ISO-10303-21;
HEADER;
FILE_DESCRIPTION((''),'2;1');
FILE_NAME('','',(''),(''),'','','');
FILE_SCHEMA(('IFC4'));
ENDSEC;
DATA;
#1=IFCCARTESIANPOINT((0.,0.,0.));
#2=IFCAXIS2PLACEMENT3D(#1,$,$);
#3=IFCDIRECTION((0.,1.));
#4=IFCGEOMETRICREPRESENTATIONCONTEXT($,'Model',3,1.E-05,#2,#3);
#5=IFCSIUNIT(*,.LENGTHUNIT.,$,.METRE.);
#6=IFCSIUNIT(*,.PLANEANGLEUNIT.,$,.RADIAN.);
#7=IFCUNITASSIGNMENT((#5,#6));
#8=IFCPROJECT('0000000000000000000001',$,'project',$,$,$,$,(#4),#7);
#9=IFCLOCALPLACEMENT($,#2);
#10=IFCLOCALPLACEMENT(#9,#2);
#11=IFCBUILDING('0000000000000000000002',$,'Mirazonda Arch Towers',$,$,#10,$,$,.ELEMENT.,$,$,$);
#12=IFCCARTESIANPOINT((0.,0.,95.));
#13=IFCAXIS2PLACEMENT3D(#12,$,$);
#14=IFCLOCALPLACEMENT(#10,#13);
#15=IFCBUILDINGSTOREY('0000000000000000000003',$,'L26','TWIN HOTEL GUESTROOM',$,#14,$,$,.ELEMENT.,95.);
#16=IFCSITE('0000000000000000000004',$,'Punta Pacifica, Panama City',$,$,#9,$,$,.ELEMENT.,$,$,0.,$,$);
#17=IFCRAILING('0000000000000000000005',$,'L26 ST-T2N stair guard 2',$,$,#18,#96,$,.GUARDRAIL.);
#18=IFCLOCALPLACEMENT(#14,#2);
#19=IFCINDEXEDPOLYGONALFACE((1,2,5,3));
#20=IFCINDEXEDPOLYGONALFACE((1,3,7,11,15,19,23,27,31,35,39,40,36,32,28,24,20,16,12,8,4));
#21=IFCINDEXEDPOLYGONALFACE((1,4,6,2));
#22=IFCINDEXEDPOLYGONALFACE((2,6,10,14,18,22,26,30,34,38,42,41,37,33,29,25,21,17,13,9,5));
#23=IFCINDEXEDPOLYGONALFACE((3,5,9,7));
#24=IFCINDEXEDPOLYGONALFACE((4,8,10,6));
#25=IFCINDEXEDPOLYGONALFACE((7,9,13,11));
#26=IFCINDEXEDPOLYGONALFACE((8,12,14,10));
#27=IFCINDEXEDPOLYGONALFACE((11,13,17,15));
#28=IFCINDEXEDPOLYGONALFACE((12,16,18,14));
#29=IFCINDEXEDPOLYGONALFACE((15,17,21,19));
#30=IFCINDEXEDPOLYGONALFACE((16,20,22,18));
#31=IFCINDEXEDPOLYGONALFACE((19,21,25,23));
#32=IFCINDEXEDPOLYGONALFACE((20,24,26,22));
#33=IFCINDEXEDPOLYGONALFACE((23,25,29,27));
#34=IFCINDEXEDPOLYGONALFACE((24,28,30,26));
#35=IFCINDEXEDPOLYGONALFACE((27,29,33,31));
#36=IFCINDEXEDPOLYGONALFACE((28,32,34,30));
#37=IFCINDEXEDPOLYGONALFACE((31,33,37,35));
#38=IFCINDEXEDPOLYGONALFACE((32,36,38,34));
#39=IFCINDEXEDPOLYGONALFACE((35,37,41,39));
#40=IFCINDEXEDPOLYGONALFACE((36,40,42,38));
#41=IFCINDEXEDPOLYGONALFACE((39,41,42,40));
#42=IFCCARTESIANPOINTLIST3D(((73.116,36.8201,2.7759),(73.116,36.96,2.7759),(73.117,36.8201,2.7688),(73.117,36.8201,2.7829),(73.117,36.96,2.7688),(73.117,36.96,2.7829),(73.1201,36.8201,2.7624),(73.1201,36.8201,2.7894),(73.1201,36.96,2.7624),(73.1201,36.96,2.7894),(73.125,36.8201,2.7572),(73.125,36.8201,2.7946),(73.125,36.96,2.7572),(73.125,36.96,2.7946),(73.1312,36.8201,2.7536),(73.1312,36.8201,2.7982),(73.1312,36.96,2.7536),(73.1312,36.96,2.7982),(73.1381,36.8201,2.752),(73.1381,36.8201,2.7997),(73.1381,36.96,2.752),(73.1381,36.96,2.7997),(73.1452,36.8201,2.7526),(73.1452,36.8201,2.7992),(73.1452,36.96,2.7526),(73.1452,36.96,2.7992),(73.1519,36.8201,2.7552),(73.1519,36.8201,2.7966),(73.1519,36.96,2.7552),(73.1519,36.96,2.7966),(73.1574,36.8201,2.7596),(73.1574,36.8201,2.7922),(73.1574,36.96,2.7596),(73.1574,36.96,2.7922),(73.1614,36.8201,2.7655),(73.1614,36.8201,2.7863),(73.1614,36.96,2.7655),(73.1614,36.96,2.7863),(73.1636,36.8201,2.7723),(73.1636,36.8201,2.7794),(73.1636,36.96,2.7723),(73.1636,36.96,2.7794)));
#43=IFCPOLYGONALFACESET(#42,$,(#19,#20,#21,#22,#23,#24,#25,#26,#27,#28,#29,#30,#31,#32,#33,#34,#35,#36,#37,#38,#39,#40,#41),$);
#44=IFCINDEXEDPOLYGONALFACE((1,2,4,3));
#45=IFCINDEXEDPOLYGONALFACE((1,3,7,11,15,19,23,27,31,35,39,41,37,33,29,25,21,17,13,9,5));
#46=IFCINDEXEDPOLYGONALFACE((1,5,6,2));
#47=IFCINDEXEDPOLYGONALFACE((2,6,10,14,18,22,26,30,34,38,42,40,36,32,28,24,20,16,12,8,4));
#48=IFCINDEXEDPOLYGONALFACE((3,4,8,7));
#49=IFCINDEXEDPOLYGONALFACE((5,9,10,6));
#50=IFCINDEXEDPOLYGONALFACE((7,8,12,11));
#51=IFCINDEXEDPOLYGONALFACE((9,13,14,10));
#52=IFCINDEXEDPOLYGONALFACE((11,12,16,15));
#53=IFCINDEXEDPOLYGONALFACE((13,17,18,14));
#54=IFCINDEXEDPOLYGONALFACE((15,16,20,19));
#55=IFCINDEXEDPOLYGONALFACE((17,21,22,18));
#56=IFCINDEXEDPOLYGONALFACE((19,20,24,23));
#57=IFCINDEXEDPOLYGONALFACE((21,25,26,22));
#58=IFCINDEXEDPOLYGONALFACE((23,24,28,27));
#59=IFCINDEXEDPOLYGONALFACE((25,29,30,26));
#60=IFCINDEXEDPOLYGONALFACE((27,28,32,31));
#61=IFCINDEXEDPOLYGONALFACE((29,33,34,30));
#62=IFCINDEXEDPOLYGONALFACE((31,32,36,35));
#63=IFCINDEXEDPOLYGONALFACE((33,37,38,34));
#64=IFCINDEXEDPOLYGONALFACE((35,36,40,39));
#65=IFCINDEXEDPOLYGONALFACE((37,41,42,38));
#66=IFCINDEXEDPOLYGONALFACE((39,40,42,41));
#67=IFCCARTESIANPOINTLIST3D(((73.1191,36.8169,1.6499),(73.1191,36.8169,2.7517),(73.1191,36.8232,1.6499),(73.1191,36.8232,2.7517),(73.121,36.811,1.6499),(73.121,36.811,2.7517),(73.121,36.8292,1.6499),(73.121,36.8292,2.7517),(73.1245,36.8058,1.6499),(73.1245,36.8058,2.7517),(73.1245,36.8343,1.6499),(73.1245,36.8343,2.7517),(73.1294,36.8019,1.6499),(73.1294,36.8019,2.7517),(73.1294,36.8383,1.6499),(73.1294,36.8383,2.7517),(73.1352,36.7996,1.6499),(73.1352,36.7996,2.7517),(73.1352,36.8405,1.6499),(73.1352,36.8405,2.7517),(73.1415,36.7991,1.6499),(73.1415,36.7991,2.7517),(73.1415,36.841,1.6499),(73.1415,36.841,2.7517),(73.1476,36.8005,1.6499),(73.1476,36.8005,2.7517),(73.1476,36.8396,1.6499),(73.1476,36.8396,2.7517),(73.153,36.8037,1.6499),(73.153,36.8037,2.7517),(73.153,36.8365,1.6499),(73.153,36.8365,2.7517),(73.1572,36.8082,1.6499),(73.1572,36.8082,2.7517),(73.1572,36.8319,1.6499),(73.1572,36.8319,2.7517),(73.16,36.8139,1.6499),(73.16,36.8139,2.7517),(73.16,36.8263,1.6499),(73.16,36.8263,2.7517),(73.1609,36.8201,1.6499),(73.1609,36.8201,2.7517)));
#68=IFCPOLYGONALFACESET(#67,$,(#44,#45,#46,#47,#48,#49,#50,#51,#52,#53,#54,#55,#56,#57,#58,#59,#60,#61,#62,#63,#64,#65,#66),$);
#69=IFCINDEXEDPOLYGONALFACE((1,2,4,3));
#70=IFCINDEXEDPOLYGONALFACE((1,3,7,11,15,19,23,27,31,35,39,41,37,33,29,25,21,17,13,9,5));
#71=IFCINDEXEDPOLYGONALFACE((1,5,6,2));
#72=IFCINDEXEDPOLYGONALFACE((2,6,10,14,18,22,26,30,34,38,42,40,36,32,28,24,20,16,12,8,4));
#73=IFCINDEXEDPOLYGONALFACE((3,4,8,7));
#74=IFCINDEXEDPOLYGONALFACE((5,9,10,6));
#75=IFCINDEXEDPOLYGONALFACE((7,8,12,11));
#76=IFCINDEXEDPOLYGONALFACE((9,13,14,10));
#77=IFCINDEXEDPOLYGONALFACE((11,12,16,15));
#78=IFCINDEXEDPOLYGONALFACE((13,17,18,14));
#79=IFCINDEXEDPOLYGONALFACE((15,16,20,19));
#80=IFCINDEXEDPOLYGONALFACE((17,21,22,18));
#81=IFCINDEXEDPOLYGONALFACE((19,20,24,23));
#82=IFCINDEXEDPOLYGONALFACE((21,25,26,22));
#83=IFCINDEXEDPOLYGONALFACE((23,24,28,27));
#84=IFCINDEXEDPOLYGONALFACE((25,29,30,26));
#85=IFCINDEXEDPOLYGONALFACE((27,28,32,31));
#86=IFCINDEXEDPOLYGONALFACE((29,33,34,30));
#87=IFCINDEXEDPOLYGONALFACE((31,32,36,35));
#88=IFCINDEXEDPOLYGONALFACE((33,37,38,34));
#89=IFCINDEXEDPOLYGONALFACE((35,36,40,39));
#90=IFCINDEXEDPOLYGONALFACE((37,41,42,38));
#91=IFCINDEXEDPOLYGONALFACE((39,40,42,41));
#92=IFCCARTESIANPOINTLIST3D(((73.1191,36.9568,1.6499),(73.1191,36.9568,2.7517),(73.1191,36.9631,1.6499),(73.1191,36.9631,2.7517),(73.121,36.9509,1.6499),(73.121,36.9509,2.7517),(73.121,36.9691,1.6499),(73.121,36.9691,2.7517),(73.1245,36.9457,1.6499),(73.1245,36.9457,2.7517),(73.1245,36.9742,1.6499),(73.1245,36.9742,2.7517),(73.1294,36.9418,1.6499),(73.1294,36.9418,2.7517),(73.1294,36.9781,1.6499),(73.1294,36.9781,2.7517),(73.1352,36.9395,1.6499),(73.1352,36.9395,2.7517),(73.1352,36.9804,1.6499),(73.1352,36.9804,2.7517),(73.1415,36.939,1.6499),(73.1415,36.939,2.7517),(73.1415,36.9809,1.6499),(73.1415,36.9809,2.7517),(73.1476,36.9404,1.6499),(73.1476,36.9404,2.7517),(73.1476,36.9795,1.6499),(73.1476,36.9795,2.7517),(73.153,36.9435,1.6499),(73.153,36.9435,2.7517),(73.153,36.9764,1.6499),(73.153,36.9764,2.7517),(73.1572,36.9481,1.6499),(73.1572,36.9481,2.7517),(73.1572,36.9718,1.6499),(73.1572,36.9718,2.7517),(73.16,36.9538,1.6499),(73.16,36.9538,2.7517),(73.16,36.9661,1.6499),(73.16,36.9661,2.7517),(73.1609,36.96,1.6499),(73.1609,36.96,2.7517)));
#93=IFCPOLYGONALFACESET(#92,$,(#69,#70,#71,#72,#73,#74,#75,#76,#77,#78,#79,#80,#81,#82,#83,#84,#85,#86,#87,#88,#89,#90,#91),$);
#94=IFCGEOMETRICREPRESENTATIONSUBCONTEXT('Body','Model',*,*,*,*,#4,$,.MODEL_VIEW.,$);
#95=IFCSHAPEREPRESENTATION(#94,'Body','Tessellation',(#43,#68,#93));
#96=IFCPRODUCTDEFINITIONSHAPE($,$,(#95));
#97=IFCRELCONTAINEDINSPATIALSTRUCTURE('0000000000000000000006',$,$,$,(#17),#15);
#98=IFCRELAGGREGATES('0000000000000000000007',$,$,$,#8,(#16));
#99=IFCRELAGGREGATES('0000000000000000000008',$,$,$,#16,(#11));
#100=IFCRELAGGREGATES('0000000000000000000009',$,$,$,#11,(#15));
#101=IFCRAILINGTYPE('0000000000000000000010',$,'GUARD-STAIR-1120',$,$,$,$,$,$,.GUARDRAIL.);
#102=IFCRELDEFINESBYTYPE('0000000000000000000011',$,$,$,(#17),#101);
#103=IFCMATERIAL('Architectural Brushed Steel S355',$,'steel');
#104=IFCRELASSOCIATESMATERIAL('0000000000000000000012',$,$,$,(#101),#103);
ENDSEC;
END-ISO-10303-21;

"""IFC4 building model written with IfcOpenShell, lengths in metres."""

from ifc_helpers import new_model, si_unit, direction, frame, origin, origin_2d, place, context, subcontext, project, spatial, circle, extrude, material, type_object, element, save


model = new_model("IFC4")

# Units and contexts
model_context = context("Model", 3, precision=1e-05, world=origin(), true_north=direction((0.0, 1.0)))
body_context = subcontext(model_context, "Body", "Model", "MODEL_VIEW")
ifc_project = project(units=[si_unit("LENGTHUNIT", "METRE"), si_unit("PLANEANGLEUNIT", "RADIAN")], contexts=[model_context])

# Site, building, storey
site_placement = place(None, origin())
site = spatial("IfcSite", under=ifc_project, at=site_placement, Name="Punta Pacifica, Panama City", CompositionType="ELEMENT", RefElevation=0.0)
building_placement = place(site_placement, origin())
building = spatial("IfcBuilding", under=site, at=building_placement, Name="Mirazonda Arch Towers", CompositionType="ELEMENT")
storey_placement = place(building_placement, frame((0.0, 0.0, 95.0)))
storey = spatial("IfcBuildingStorey", under=building, at=storey_placement, Name="L26", Description="TWIN HOTEL GUESTROOM", CompositionType="ELEMENT", Elevation=95.0)

# Railing
ifc_material_1 = material(Name="Architectural Brushed Steel S355", Category="steel")
railing_type_1 = type_object("IfcRailingType", Name="GUARD-STAIR-1120", PredefinedType="GUARDRAIL", material=ifc_material_1)
railing_1_placement = place(storey_placement, frame((73.1399, 36.8201, 1.6499)))
element("IfcRailing", 1, at=railing_1_placement, inside=storey, type_object=railing_type_1, Name="L26 ST-T2N stair guard 2", PredefinedType="GUARDRAIL", context=body_context, shape_type="SweptSolid", body=[
    extrude(circle(Radius=0.0239, at=origin_2d()), frame((0.0, 0.0, 1.126), z_axis=(0.0, 1.0, 0.0), x_axis=(-1.0, 0.0, 0.0)), (0.0, 0.0, 1.0), 0.1399),
    extrude(circle(Radius=0.021, at=origin_2d()), origin(), (0.0, 0.0, 1.0), 1.1018),
    extrude(circle(Radius=0.021, at=origin_2d()), frame((0.0, 0.1399, 0.0)), (0.0, 0.0, 1.0), 1.1018),
])

save(model, "model.ifc")
